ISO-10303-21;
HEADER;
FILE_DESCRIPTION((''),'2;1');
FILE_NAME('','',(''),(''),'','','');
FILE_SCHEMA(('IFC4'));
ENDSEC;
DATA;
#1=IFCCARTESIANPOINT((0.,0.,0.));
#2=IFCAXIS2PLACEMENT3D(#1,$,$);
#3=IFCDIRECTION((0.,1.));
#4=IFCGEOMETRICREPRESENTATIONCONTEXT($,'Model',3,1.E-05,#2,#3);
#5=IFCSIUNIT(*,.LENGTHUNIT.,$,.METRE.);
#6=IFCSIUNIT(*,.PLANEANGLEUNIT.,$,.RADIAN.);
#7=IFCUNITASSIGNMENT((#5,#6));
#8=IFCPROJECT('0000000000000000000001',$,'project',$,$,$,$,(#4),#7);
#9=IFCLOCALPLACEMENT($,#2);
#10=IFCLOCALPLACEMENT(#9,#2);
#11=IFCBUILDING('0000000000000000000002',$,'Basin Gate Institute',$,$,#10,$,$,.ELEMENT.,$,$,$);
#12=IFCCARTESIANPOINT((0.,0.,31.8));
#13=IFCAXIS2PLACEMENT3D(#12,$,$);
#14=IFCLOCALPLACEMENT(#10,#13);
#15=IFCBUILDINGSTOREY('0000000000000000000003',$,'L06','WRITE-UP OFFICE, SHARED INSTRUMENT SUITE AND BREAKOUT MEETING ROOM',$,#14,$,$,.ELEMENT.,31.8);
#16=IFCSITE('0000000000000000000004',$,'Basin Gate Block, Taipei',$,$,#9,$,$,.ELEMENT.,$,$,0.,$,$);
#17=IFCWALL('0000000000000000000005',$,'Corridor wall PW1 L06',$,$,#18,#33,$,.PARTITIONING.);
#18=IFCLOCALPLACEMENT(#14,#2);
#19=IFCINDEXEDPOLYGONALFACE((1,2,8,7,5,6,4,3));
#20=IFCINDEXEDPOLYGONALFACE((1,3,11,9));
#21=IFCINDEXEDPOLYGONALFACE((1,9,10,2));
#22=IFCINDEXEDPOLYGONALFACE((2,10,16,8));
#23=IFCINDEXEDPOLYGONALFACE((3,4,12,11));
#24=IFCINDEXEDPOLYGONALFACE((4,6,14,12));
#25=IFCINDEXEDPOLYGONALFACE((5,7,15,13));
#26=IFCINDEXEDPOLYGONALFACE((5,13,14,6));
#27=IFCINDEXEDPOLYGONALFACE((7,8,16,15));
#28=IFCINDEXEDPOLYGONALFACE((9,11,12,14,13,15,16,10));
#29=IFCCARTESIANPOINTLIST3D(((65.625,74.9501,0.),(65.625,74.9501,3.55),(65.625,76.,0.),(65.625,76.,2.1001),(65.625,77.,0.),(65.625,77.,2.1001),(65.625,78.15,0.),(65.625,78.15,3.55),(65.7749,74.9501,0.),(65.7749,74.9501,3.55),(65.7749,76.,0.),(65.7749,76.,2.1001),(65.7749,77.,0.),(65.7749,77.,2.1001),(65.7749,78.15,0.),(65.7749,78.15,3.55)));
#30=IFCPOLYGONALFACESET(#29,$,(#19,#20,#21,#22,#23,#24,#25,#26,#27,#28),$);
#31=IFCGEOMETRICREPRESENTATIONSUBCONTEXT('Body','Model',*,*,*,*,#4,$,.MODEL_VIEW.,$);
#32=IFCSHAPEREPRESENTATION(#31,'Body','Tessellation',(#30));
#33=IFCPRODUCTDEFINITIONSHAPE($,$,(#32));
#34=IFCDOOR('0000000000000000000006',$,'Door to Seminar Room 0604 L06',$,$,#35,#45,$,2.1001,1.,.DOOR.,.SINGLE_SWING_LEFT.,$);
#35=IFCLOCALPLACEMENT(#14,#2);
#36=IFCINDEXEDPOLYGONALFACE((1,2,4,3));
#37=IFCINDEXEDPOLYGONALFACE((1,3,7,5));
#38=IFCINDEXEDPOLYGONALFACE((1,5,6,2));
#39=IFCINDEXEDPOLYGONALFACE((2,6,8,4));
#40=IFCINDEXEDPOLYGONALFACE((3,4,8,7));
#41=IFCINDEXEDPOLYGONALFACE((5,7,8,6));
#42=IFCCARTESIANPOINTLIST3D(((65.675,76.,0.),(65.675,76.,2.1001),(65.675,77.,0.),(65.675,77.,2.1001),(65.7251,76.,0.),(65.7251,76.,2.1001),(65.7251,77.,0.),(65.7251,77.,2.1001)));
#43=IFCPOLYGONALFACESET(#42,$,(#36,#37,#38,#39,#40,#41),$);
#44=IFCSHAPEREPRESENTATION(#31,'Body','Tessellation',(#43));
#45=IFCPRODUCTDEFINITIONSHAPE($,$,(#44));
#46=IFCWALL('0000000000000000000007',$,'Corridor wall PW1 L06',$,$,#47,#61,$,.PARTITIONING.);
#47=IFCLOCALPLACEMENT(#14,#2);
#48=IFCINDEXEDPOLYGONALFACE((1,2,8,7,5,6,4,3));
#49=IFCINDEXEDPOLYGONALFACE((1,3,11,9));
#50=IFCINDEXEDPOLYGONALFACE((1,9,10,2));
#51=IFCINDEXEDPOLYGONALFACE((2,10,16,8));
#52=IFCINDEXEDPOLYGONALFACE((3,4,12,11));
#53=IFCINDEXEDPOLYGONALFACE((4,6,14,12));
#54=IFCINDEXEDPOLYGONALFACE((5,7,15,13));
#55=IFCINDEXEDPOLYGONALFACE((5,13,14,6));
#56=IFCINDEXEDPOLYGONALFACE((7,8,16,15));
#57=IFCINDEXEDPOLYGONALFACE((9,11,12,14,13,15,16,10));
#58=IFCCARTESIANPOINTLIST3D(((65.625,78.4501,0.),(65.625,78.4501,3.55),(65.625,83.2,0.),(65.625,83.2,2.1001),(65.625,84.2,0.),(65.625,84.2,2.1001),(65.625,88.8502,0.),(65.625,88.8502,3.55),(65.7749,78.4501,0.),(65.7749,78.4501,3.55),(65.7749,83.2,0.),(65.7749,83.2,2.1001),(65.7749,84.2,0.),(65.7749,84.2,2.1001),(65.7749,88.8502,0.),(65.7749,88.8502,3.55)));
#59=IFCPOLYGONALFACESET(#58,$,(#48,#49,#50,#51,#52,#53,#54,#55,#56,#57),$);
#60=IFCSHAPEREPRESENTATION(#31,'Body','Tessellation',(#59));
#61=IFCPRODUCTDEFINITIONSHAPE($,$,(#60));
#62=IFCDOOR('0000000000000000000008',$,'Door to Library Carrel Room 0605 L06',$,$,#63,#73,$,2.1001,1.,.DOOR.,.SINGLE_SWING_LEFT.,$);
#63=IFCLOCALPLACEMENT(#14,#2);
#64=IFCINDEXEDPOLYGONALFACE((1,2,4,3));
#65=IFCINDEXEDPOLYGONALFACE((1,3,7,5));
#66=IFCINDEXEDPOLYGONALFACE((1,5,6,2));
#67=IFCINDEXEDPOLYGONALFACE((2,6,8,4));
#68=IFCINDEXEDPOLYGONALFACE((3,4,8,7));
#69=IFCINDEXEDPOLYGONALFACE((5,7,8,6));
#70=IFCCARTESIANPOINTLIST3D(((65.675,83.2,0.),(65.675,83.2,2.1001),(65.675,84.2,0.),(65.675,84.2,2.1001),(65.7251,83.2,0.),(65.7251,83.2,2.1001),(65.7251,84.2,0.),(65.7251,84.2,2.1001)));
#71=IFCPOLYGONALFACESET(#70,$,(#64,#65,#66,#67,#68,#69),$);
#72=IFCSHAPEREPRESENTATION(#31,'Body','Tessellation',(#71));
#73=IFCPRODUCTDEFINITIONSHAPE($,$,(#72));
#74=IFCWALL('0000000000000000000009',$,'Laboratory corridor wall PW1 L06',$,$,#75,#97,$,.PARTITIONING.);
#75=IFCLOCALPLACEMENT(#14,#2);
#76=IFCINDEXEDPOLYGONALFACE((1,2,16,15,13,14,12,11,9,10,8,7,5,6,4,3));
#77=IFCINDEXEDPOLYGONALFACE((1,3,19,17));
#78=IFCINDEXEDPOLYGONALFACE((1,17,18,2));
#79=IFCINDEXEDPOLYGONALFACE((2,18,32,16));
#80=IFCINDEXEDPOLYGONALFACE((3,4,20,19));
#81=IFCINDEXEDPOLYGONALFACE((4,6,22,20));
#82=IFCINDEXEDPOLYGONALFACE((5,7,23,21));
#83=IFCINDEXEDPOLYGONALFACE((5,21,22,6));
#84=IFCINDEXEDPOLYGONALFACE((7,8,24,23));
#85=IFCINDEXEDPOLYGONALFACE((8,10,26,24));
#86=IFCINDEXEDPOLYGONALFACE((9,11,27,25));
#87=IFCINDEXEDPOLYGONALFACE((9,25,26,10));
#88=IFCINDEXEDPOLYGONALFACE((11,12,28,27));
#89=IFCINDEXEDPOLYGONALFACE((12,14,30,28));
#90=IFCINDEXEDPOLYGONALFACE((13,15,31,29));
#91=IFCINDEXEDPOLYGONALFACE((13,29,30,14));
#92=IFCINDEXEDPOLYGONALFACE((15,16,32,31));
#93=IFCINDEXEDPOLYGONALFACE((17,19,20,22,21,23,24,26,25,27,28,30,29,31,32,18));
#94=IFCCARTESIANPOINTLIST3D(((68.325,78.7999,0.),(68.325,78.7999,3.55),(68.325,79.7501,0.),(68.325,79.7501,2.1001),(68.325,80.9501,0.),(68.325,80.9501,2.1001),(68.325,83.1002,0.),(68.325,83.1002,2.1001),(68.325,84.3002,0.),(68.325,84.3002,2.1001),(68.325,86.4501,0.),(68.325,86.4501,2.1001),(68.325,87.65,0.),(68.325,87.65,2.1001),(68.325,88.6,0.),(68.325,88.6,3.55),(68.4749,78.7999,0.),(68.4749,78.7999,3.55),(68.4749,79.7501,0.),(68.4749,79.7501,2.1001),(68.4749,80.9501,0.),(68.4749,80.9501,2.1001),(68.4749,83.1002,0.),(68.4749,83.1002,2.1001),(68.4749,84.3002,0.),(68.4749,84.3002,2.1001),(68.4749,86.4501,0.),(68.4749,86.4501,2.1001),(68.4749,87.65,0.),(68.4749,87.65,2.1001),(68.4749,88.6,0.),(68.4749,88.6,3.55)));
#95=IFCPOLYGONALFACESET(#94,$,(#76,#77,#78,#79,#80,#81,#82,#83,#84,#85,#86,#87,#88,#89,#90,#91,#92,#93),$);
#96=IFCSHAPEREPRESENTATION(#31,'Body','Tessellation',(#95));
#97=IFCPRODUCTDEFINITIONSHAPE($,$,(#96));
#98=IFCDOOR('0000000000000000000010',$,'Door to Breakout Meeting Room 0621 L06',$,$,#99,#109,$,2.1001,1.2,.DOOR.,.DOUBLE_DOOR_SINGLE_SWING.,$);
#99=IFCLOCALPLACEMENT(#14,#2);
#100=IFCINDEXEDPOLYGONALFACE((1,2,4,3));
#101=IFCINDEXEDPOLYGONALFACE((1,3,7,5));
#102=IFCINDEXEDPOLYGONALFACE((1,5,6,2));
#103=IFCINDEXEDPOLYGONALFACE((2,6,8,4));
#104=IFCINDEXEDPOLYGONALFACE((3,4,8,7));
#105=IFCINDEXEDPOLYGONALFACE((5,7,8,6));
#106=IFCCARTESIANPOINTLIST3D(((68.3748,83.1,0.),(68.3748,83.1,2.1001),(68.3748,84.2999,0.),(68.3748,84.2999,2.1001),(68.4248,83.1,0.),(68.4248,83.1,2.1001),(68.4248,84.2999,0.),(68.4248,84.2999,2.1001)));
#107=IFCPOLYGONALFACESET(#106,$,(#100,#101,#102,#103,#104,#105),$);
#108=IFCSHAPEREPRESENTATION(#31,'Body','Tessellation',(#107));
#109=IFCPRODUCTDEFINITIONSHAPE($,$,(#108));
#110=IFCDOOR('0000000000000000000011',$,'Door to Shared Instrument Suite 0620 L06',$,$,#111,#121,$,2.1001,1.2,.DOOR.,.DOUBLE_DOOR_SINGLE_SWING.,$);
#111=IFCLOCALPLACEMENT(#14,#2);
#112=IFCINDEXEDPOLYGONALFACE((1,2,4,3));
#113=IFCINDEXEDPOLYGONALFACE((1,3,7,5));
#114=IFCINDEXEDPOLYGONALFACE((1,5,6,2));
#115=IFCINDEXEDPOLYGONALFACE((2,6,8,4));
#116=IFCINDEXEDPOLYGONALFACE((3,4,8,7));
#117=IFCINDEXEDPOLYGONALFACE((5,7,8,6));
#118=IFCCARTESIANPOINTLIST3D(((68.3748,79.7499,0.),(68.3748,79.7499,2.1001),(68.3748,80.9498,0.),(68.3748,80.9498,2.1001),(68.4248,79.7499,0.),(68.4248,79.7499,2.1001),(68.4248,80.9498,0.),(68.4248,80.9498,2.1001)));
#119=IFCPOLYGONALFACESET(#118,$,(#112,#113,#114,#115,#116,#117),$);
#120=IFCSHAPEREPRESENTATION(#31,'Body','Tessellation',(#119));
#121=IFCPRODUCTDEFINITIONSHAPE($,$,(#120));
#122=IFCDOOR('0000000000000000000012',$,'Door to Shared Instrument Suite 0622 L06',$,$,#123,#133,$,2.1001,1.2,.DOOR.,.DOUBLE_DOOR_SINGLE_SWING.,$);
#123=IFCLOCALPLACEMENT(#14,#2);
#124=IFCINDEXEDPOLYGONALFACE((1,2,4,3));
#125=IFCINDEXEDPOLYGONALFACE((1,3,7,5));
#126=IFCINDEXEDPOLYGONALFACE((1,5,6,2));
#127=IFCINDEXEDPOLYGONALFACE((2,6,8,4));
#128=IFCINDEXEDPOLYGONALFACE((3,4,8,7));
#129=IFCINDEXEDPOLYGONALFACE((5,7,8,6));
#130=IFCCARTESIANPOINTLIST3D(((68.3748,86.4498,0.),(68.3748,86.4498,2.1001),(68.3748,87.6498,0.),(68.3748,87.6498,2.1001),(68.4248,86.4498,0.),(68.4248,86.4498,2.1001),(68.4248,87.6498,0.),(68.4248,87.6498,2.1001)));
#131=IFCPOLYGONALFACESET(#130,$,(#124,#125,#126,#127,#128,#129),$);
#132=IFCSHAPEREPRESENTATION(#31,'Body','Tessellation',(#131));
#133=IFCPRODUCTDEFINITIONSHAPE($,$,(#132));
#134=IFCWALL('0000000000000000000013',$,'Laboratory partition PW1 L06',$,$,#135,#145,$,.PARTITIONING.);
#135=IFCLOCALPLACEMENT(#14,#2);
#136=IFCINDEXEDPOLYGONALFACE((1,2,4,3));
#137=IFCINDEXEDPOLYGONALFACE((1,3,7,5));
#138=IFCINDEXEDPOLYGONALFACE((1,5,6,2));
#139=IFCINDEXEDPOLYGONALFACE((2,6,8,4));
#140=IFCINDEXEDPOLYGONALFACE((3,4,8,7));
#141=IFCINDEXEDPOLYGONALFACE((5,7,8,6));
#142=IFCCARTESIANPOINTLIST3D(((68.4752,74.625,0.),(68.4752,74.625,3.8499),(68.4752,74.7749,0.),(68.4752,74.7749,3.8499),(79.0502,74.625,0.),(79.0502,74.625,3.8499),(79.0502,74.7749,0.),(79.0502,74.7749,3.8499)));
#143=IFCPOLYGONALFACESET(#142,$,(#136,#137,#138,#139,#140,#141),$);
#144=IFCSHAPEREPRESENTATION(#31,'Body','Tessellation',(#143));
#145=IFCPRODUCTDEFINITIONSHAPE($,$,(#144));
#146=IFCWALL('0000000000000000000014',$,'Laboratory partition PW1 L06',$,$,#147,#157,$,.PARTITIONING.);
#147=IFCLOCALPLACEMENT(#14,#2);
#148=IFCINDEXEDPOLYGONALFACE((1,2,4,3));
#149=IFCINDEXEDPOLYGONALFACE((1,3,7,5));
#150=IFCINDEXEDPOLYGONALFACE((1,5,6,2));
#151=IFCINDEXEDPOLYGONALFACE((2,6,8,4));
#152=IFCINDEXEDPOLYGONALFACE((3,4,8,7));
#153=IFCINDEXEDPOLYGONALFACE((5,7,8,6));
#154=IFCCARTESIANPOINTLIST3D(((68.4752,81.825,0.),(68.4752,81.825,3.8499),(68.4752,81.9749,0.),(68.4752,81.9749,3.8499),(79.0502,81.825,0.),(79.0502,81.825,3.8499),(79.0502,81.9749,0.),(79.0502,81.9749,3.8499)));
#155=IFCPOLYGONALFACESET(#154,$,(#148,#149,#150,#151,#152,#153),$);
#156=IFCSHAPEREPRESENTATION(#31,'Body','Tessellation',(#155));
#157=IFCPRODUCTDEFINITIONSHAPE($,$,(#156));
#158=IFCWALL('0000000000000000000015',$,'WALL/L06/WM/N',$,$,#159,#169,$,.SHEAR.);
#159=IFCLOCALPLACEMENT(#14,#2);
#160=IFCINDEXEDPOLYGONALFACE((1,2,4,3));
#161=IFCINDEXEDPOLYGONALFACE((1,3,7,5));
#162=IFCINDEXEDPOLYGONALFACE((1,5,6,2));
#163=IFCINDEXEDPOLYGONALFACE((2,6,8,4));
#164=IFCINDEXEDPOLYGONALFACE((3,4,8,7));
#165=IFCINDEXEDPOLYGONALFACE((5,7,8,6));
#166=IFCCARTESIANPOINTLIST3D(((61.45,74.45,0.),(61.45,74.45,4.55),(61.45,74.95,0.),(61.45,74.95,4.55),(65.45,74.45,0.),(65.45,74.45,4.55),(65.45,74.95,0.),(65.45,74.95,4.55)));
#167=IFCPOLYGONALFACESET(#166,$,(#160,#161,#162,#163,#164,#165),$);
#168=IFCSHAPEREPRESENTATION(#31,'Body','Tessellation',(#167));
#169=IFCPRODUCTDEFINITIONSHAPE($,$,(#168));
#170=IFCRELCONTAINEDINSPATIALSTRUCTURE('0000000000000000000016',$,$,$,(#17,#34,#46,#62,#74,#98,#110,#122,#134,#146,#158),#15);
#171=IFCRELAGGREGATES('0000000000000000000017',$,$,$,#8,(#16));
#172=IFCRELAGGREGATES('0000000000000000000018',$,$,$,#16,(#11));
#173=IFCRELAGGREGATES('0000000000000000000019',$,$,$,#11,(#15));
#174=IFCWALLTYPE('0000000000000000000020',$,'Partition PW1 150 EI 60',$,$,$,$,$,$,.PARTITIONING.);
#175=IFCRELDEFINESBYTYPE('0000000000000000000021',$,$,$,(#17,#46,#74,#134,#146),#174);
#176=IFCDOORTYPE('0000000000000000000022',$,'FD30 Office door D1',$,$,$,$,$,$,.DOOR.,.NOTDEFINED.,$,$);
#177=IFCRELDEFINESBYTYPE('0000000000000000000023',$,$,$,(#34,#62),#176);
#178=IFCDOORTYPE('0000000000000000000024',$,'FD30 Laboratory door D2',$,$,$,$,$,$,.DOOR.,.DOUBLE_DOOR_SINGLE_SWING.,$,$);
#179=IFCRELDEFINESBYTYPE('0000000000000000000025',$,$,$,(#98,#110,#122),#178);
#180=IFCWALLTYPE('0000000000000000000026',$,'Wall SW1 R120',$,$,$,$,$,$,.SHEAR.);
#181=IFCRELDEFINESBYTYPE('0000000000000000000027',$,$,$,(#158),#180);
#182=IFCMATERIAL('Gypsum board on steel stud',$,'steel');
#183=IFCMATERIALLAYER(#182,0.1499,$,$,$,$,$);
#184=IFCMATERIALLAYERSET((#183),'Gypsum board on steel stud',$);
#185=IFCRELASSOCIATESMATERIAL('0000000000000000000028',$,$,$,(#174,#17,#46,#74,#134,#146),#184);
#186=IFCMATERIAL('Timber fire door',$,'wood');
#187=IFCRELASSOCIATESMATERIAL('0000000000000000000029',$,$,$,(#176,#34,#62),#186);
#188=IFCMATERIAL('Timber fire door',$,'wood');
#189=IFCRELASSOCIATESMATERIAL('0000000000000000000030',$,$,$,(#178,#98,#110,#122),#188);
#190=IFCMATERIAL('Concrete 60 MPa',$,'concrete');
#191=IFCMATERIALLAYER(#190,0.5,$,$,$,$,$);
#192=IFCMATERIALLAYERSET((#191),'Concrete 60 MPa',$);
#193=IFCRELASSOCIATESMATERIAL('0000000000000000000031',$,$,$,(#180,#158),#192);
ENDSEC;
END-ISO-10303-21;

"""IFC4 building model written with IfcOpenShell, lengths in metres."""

from ifc_helpers import new_model, si_unit, direction, frame, frame_2d, origin, place, context, subcontext, project, spatial, rectangle, extrude, material, layer, layer_set, type_object, element, fill, save


model = new_model("IFC4")

# Units and contexts
model_context = context("Model", 3, precision=1e-05, world=origin(), true_north=direction((0.0, 1.0)))
body_context = subcontext(model_context, "Body", "Model", "MODEL_VIEW")
ifc_project = project(units=[si_unit("LENGTHUNIT", "METRE"), si_unit("PLANEANGLEUNIT", "RADIAN")], contexts=[model_context])

# Site, building, storey
site_placement = place(None, origin())
site = spatial("IfcSite", under=ifc_project, at=site_placement, Name="Basin Gate Block, Taipei", CompositionType="ELEMENT", RefElevation=0.0)
building_placement = place(site_placement, origin())
building = spatial("IfcBuilding", under=site, at=building_placement, Name="Basin Gate Institute", CompositionType="ELEMENT")
storey_placement = place(building_placement, frame((0.0, 0.0, 31.8)))
storey = spatial("IfcBuildingStorey", under=building, at=storey_placement, Name="L06", Description="WRITE-UP OFFICE, SHARED INSTRUMENT SUITE AND BREAKOUT MEETING ROOM", CompositionType="ELEMENT", Elevation=31.8)

# Walls, openings, doors
ifc_material_1 = material(Name="Gypsum board on steel stud", Category="steel")
ifc_layer_1 = layer(ifc_material_1, 0.1499)
ifc_layer_set_1 = layer_set([ifc_layer_1], Name="Gypsum board on steel stud")
wall_type_1 = type_object("IfcWallType", Name="Partition PW1 150 EI 60", PredefinedType="PARTITIONING", material=ifc_layer_set_1)
wall_1_placement = place(storey_placement, frame((65.7, 74.95, 0.0), z_axis=(0.0, 0.0, 1.0), x_axis=(0.0, 1.0, 0.0)))
wall_1 = element("IfcWall", 1, at=wall_1_placement, inside=storey, type_object=wall_type_1, material=ifc_layer_set_1, Name="Corridor wall PW1 L06", PredefinedType="PARTITIONING", context=body_context, shape_type="SweptSolid", body=[
    extrude(rectangle(XDim=3.2, YDim=0.1499, at=frame_2d((1.6001, 0.0))), origin(), (0.0, 0.0, 1.0), 3.55),
])
opening_1_placement = place(wall_1_placement, frame((1.05, 0.0, 0.0)))
opening_1 = element("IfcOpeningElement", 2, at=opening_1_placement, cuts=wall_1, PredefinedType="OPENING", context=body_context, shape_type="SweptSolid", body=[
    extrude(rectangle(XDim=1.0, YDim=2.1001, at=frame_2d((0.5, 1.05))), frame((0.0, 0.085, 0.0), z_axis=(0.0, -1.0, 0.0), x_axis=(1.0, 0.0, 0.0)), (0.0, 0.0, 1.0), 0.1699),
])
ifc_material_2 = material(Name="Timber fire door", Category="wood")
door_type_1 = type_object("IfcDoorType", Name="FD30 Office door D1", OperationType="NOTDEFINED", PredefinedType="DOOR", material=ifc_material_2)
door_1_placement = place(opening_1_placement, origin())
door_1 = element("IfcDoor", 3, at=door_1_placement, inside=storey, type_object=door_type_1, material=ifc_material_2, Name="Door to Seminar Room 0604 L06", OperationType="SINGLE_SWING_LEFT", OverallHeight=2.1001, OverallWidth=1.0, PredefinedType="DOOR", context=body_context, shape_type="SweptSolid", body=[
    extrude(rectangle(XDim=1.0, YDim=2.1001, at=frame_2d((0.5, 1.05))), frame((0.0, 0.0249, 0.0), z_axis=(0.0, -1.0, 0.0), x_axis=(1.0, 0.0, 0.0)), (0.0, 0.0, 1.0), 0.05),
])
fill(opening_1, door_1)
wall_2_placement = place(storey_placement, frame((65.7, 78.45, 0.0), z_axis=(0.0, 0.0, 1.0), x_axis=(0.0, 1.0, 0.0)))
wall_2 = element("IfcWall", 4, at=wall_2_placement, inside=storey, type_object=wall_type_1, material=ifc_layer_set_1, Name="Corridor wall PW1 L06", PredefinedType="PARTITIONING", context=body_context, shape_type="SweptSolid", body=[
    extrude(rectangle(XDim=10.4001, YDim=0.1499, at=frame_2d((5.2002, 0.0))), origin(), (0.0, 0.0, 1.0), 3.55),
])
opening_2_placement = place(wall_2_placement, frame((4.75, 0.0, 0.0)))
opening_2 = element("IfcOpeningElement", 5, at=opening_2_placement, cuts=wall_2, PredefinedType="OPENING", context=body_context, shape_type="SweptSolid", body=[
    extrude(rectangle(XDim=1.0, YDim=2.1001, at=frame_2d((0.5, 1.05))), frame((0.0, 0.085, 0.0), z_axis=(0.0, -1.0, 0.0), x_axis=(1.0, 0.0, 0.0)), (0.0, 0.0, 1.0), 0.1699),
])
door_2_placement = place(opening_2_placement, origin())
door_2 = element("IfcDoor", 6, at=door_2_placement, inside=storey, type_object=door_type_1, material=ifc_material_2, Name="Door to Library Carrel Room 0605 L06", OperationType="SINGLE_SWING_LEFT", OverallHeight=2.1001, OverallWidth=1.0, PredefinedType="DOOR", context=body_context, shape_type="SweptSolid", body=[
    extrude(rectangle(XDim=1.0, YDim=2.1001, at=frame_2d((0.5, 1.05))), frame((0.0, 0.0249, 0.0), z_axis=(0.0, -1.0, 0.0), x_axis=(1.0, 0.0, 0.0)), (0.0, 0.0, 1.0), 0.05),
])
fill(opening_2, door_2)

# Wall, openings, doors
wall_3_placement = place(storey_placement, frame((68.3999, 78.8, 0.0), z_axis=(0.0, 0.0, 1.0), x_axis=(0.0, 1.0, 0.0)))
wall_3 = element("IfcWall", 7, at=wall_3_placement, inside=storey, type_object=wall_type_1, material=ifc_layer_set_1, Name="Laboratory corridor wall PW1 L06", PredefinedType="PARTITIONING", context=body_context, shape_type="SweptSolid", body=[
    extrude(rectangle(XDim=9.8, YDim=0.1499, at=frame_2d((4.8999, 0.0))), origin(), (0.0, 0.0, 1.0), 3.55),
])
opening_3_placement = place(wall_3_placement, frame((4.3, 0.0, 0.0)))
opening_3 = element("IfcOpeningElement", 8, at=opening_3_placement, cuts=wall_3, PredefinedType="OPENING", context=body_context, shape_type="SweptSolid", body=[
    extrude(rectangle(XDim=1.2, YDim=2.1001, at=frame_2d((0.6001, 1.05))), frame((0.0, 0.085, 0.0), z_axis=(0.0, -1.0, 0.0), x_axis=(1.0, 0.0, 0.0)), (0.0, 0.0, 1.0), 0.1699),
])
opening_4_placement = place(wall_3_placement, frame((0.95, 0.0, 0.0)))
opening_4 = element("IfcOpeningElement", 9, at=opening_4_placement, cuts=wall_3, PredefinedType="OPENING", context=body_context, shape_type="SweptSolid", body=[
    extrude(rectangle(XDim=1.2, YDim=2.1001, at=frame_2d((0.6001, 1.05))), frame((0.0, 0.085, 0.0), z_axis=(0.0, -1.0, 0.0), x_axis=(1.0, 0.0, 0.0)), (0.0, 0.0, 1.0), 0.1699),
])
opening_5_placement = place(wall_3_placement, frame((7.6499, 0.0, 0.0)))
opening_5 = element("IfcOpeningElement", 10, at=opening_5_placement, cuts=wall_3, PredefinedType="OPENING", context=body_context, shape_type="SweptSolid", body=[
    extrude(rectangle(XDim=1.2, YDim=2.1001, at=frame_2d((0.6001, 1.05))), frame((0.0, 0.085, 0.0), z_axis=(0.0, -1.0, 0.0), x_axis=(1.0, 0.0, 0.0)), (0.0, 0.0, 1.0), 0.1699),
])
ifc_material_3 = material(Name="Timber fire door", Category="wood")
door_type_2 = type_object("IfcDoorType", Name="FD30 Laboratory door D2", OperationType="DOUBLE_DOOR_SINGLE_SWING", PredefinedType="DOOR", material=ifc_material_3)
door_3_placement = place(opening_3_placement, frame((1.2, 0.0, 0.0), z_axis=(0.0, 0.0, 1.0), x_axis=(-1.0, 0.0, 0.0)))
door_3 = element("IfcDoor", 11, at=door_3_placement, inside=storey, type_object=door_type_2, material=ifc_material_3, Name="Door to Breakout Meeting Room 0621 L06", OperationType="DOUBLE_DOOR_SINGLE_SWING", OverallHeight=2.1001, OverallWidth=1.2, PredefinedType="DOOR", context=body_context, shape_type="SweptSolid", body=[
    extrude(rectangle(XDim=1.2, YDim=2.1001, at=frame_2d((0.6001, 1.05))), frame((0.0, 0.0249, 0.0), z_axis=(0.0, -1.0, 0.0), x_axis=(1.0, 0.0, 0.0)), (0.0, 0.0, 1.0), 0.05),
])
fill(opening_3, door_3)
door_4_placement = place(opening_4_placement, frame((1.2, 0.0, 0.0), z_axis=(0.0, 0.0, 1.0), x_axis=(-1.0, 0.0, 0.0)))
door_4 = element("IfcDoor", 12, at=door_4_placement, inside=storey, type_object=door_type_2, material=ifc_material_3, Name="Door to Shared Instrument Suite 0620 L06", OperationType="DOUBLE_DOOR_SINGLE_SWING", OverallHeight=2.1001, OverallWidth=1.2, PredefinedType="DOOR", context=body_context, shape_type="SweptSolid", body=[
    extrude(rectangle(XDim=1.2, YDim=2.1001, at=frame_2d((0.6001, 1.05))), frame((0.0, 0.0249, 0.0), z_axis=(0.0, -1.0, 0.0), x_axis=(1.0, 0.0, 0.0)), (0.0, 0.0, 1.0), 0.05),
])
fill(opening_4, door_4)
door_5_placement = place(opening_5_placement, frame((1.2, 0.0, 0.0), z_axis=(0.0, 0.0, 1.0), x_axis=(-1.0, 0.0, 0.0)))
door_5 = element("IfcDoor", 13, at=door_5_placement, inside=storey, type_object=door_type_2, material=ifc_material_3, Name="Door to Shared Instrument Suite 0622 L06", OperationType="DOUBLE_DOOR_SINGLE_SWING", OverallHeight=2.1001, OverallWidth=1.2, PredefinedType="DOOR", context=body_context, shape_type="SweptSolid", body=[
    extrude(rectangle(XDim=1.2, YDim=2.1001, at=frame_2d((0.6001, 1.05))), frame((0.0, 0.0249, 0.0), z_axis=(0.0, -1.0, 0.0), x_axis=(1.0, 0.0, 0.0)), (0.0, 0.0, 1.0), 0.05),
])
fill(opening_5, door_5)

# Walls
for number, where, z_axis, x_axis, name in (
    (14, (68.4751, 74.7, 0.0), (0.0, 0.0, 1.0), (1.0, 0.0, 0.0), "Laboratory partition PW1 L06"),
    (15, (68.4751, 81.8999, 0.0), (0.0, 0.0, 1.0), (1.0, 0.0, 0.0), "Laboratory partition PW1 L06"),
):
    element("IfcWall", number, at=place(storey_placement, frame(where, z_axis=z_axis, x_axis=x_axis)), inside=storey, type_object=wall_type_1, material=ifc_layer_set_1, Name=name, PredefinedType="PARTITIONING", context=body_context, shape_type="SweptSolid", body=[
        extrude(rectangle(XDim=10.575, YDim=0.1499, at=frame_2d((5.2876, 0.0))), origin(), (0.0, 0.0, 1.0), 3.8499),
    ])
ifc_material_4 = material(Name="Concrete 60 MPa", Category="concrete")
ifc_layer_2 = layer(ifc_material_4, 0.5)
ifc_layer_set_2 = layer_set([ifc_layer_2], Name="Concrete 60 MPa")
wall_type_2 = type_object("IfcWallType", Name="Wall SW1 R120", PredefinedType="SHEAR", material=ifc_layer_set_2)
wall_4_placement = place(storey_placement, frame((61.45, 74.7, 0.0), z_axis=(0.0, 0.0, 1.0), x_axis=(1.0, 0.0, 0.0)))
element("IfcWall", 16, at=wall_4_placement, inside=storey, type_object=wall_type_2, material=ifc_layer_set_2, Name="WALL/L06/WM/N", PredefinedType="SHEAR", context=body_context, shape_type="SweptSolid", body=[
    extrude(rectangle(XDim=4.0, YDim=0.5, at=frame_2d((2.0, 0.0))), origin(), (0.0, 0.0, 1.0), 4.55),
])

save(model, "model.ifc")
